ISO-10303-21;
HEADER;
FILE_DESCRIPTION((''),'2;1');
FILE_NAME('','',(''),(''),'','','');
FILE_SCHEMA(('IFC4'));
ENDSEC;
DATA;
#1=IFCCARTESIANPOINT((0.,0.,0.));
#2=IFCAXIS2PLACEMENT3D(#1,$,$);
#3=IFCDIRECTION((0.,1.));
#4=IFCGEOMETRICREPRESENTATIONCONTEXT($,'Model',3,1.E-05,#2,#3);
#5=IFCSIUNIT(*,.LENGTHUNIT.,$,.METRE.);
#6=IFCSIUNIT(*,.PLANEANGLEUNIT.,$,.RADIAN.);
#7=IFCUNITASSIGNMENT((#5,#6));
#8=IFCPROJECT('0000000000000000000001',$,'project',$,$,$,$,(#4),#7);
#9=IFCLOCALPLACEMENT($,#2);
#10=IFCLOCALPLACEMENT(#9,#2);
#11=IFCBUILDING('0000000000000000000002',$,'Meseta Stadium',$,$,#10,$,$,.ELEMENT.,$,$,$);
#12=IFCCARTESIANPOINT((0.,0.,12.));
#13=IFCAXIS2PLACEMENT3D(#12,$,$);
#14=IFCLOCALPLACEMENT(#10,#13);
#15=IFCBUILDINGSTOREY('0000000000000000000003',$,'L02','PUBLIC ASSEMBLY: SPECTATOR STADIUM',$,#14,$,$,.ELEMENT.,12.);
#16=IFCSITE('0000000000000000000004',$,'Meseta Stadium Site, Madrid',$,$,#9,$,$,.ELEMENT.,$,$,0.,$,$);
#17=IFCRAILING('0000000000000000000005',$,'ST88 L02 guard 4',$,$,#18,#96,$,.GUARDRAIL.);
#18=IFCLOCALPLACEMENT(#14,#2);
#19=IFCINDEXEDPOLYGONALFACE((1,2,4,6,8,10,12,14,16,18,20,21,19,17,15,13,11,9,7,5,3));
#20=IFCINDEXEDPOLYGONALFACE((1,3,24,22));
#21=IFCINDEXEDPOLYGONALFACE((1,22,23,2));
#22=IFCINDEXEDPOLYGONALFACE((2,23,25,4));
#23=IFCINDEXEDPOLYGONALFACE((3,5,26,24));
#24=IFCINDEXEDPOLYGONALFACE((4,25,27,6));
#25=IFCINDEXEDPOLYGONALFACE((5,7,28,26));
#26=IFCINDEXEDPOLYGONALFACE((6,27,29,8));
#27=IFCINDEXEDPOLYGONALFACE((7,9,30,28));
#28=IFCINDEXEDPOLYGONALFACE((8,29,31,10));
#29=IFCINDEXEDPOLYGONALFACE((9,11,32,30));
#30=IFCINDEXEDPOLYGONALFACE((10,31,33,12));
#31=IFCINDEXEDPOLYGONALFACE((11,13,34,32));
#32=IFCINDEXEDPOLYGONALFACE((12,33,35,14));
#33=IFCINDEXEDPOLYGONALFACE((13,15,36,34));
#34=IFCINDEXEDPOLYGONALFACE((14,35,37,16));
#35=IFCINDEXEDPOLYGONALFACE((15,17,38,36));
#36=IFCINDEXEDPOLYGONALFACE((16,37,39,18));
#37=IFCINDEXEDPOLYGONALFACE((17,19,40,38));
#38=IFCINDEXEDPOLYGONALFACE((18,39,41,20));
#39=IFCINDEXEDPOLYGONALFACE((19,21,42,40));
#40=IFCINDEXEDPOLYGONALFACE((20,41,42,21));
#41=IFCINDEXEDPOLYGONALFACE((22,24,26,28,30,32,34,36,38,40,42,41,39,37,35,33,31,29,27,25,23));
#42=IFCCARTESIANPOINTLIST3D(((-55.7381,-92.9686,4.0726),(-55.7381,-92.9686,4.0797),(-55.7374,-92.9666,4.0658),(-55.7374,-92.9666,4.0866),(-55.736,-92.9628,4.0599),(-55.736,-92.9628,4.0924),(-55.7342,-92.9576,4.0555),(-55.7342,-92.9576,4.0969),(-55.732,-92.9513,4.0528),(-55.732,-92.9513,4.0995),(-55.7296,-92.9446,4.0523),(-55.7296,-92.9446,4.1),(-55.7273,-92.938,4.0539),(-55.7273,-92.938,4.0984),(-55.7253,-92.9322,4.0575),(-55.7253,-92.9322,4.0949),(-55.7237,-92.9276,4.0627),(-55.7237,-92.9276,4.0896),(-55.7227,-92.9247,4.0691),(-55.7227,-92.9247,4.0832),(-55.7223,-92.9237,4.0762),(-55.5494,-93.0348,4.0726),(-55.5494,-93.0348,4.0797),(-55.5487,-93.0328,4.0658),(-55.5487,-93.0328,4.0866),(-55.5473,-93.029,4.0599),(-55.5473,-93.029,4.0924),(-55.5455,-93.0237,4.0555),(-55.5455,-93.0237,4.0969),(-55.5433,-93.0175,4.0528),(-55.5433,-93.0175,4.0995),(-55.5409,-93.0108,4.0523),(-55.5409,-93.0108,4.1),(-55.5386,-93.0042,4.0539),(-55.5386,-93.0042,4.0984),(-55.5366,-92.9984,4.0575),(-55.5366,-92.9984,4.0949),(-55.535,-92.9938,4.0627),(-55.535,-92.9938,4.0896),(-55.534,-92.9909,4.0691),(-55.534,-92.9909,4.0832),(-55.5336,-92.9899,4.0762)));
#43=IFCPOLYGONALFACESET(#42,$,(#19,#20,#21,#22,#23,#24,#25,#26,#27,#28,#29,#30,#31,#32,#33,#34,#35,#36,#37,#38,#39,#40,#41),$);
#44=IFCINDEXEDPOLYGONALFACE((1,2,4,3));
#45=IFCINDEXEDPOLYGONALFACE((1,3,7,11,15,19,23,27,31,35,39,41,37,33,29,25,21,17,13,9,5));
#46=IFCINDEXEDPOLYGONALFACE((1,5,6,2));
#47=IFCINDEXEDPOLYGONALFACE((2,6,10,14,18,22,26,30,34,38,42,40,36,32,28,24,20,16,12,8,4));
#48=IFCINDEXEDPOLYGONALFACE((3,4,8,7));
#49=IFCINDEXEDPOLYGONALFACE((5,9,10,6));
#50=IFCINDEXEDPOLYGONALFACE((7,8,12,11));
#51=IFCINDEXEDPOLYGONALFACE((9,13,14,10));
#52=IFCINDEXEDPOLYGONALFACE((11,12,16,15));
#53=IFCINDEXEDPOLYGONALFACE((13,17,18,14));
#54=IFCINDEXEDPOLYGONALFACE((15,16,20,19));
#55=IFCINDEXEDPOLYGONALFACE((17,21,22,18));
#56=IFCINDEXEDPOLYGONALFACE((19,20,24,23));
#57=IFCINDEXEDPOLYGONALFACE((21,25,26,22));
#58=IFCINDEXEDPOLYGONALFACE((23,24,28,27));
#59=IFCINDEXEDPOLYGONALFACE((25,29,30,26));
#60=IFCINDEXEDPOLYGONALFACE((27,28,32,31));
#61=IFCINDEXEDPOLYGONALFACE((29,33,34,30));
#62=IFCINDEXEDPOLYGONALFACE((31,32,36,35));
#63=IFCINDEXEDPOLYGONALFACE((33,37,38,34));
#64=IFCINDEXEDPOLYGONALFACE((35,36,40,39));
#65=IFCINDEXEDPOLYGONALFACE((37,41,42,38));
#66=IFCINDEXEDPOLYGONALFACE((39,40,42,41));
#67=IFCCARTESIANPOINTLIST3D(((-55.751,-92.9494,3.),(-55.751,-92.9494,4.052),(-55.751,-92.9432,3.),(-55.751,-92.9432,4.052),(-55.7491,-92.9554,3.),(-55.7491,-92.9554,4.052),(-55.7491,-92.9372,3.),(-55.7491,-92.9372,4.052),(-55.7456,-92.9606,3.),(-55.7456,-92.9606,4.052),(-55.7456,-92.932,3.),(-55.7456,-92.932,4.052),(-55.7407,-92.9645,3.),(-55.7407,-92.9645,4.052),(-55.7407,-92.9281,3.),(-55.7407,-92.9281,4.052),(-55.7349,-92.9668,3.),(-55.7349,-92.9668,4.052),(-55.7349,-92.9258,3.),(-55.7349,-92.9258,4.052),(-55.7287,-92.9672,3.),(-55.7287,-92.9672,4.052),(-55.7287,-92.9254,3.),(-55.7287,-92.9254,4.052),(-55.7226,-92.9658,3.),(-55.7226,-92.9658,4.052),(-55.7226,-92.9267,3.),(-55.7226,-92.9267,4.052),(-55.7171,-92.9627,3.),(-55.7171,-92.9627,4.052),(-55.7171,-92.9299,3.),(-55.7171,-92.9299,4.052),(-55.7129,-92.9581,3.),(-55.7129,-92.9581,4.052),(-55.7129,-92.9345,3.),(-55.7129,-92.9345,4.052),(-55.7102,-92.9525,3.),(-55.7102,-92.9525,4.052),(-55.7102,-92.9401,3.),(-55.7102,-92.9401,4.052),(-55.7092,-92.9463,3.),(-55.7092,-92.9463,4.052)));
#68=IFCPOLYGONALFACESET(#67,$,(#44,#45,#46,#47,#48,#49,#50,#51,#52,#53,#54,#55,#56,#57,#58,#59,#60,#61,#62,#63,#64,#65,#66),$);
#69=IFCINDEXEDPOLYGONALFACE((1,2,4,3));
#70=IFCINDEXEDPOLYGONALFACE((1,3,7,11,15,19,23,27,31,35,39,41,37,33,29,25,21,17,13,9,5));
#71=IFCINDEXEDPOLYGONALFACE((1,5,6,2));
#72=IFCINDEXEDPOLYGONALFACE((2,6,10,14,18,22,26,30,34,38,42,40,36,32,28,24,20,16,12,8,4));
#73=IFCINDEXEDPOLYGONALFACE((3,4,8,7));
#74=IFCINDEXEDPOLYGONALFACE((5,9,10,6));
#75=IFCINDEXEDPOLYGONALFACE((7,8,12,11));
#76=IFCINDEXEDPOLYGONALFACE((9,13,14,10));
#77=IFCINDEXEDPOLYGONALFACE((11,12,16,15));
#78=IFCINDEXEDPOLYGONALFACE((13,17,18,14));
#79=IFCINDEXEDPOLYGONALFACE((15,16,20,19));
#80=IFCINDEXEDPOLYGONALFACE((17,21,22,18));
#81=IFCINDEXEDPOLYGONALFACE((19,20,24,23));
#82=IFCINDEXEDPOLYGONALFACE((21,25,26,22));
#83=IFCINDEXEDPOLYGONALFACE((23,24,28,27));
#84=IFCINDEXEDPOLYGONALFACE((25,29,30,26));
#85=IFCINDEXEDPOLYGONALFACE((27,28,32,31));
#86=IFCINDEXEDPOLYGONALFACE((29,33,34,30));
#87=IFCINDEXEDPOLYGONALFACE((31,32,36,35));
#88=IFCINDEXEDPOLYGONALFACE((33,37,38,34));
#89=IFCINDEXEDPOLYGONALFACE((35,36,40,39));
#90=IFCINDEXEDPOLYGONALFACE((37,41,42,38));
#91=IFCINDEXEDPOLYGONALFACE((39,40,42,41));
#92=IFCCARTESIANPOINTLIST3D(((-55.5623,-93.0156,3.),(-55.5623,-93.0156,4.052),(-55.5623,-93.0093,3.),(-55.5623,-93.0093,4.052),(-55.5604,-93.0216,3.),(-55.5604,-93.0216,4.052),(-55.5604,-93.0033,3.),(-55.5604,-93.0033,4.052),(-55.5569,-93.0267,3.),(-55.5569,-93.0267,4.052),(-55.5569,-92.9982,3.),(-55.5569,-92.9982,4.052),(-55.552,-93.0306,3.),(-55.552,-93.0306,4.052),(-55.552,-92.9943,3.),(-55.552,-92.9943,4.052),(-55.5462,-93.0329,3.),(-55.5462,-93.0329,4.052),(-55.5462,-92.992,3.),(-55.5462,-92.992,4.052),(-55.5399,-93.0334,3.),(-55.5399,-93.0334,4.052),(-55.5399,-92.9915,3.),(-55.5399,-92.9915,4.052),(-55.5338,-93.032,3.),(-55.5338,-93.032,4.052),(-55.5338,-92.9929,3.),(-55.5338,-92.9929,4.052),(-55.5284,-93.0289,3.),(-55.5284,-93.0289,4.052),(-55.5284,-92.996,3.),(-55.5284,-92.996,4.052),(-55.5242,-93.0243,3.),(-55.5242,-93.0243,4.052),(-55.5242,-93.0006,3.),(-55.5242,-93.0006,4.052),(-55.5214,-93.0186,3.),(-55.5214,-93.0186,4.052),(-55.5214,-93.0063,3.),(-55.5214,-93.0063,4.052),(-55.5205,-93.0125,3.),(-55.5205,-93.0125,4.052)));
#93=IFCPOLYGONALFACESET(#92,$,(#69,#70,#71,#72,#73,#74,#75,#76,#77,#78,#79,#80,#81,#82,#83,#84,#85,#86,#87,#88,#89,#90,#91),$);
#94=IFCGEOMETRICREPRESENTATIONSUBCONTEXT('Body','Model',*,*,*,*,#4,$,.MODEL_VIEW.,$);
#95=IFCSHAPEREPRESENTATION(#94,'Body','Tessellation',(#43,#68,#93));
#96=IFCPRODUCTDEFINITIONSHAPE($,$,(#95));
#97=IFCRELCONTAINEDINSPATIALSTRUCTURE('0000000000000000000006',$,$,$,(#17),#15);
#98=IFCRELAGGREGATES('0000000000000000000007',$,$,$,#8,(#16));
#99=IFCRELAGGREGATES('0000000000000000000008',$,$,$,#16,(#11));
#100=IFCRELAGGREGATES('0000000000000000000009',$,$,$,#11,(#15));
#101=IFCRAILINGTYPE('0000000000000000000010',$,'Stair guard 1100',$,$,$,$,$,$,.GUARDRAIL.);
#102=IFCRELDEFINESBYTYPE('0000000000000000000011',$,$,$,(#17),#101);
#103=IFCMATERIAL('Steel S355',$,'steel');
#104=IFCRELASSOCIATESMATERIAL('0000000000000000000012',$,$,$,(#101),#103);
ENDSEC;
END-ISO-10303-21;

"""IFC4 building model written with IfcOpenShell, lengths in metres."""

from ifc_helpers import new_model, si_unit, direction, frame, origin, origin_2d, place, context, subcontext, project, spatial, circle, extrude, material, type_object, element, save


model = new_model("IFC4")

# Units and contexts
model_context = context("Model", 3, precision=1e-05, world=origin(), true_north=direction((0.0, 1.0)))
body_context = subcontext(model_context, "Body", "Model", "MODEL_VIEW")
ifc_project = project(units=[si_unit("LENGTHUNIT", "METRE"), si_unit("PLANEANGLEUNIT", "RADIAN")], contexts=[model_context])

# Site, building, storey
site_placement = place(None, origin())
site = spatial("IfcSite", under=ifc_project, at=site_placement, Name="Meseta Stadium Site, Madrid", CompositionType="ELEMENT", RefElevation=0.0)
building_placement = place(site_placement, origin())
building = spatial("IfcBuilding", under=site, at=building_placement, Name="Meseta Stadium", CompositionType="ELEMENT")
storey_placement = place(building_placement, frame((0.0, 0.0, 12.0)))
storey = spatial("IfcBuildingStorey", under=building, at=storey_placement, Name="L02", Description="PUBLIC ASSEMBLY: SPECTATOR STADIUM", CompositionType="ELEMENT", Elevation=12.0)

# Railing
ifc_material_1 = material(Name="Steel S355", Category="steel")
railing_type_1 = type_object("IfcRailingType", Name="Stair guard 1100", PredefinedType="GUARDRAIL", material=ifc_material_1)
railing_1_placement = place(storey_placement, frame((-55.7302, -92.9463, 3.0)))
element("IfcRailing", 1, at=railing_1_placement, inside=storey, type_object=railing_type_1, Name="ST88 L02 guard 4", PredefinedType="GUARDRAIL", context=body_context, shape_type="SweptSolid", body=[
    extrude(circle(Radius=0.0239, at=origin_2d()), frame((0.0, 0.0, 1.0762), z_axis=(0.943687, -0.33084, 0.0), x_axis=(0.33084, 0.943687, 0.0)), (0.0, 0.0, 1.0), 0.2),
    extrude(circle(Radius=0.021, at=origin_2d()), origin(), (0.0, 0.0, 1.0), 1.052),
    extrude(circle(Radius=0.021, at=origin_2d()), frame((0.1887, -0.0662, 0.0)), (0.0, 0.0, 1.0), 1.052),
])

save(model, "model.ifc")
